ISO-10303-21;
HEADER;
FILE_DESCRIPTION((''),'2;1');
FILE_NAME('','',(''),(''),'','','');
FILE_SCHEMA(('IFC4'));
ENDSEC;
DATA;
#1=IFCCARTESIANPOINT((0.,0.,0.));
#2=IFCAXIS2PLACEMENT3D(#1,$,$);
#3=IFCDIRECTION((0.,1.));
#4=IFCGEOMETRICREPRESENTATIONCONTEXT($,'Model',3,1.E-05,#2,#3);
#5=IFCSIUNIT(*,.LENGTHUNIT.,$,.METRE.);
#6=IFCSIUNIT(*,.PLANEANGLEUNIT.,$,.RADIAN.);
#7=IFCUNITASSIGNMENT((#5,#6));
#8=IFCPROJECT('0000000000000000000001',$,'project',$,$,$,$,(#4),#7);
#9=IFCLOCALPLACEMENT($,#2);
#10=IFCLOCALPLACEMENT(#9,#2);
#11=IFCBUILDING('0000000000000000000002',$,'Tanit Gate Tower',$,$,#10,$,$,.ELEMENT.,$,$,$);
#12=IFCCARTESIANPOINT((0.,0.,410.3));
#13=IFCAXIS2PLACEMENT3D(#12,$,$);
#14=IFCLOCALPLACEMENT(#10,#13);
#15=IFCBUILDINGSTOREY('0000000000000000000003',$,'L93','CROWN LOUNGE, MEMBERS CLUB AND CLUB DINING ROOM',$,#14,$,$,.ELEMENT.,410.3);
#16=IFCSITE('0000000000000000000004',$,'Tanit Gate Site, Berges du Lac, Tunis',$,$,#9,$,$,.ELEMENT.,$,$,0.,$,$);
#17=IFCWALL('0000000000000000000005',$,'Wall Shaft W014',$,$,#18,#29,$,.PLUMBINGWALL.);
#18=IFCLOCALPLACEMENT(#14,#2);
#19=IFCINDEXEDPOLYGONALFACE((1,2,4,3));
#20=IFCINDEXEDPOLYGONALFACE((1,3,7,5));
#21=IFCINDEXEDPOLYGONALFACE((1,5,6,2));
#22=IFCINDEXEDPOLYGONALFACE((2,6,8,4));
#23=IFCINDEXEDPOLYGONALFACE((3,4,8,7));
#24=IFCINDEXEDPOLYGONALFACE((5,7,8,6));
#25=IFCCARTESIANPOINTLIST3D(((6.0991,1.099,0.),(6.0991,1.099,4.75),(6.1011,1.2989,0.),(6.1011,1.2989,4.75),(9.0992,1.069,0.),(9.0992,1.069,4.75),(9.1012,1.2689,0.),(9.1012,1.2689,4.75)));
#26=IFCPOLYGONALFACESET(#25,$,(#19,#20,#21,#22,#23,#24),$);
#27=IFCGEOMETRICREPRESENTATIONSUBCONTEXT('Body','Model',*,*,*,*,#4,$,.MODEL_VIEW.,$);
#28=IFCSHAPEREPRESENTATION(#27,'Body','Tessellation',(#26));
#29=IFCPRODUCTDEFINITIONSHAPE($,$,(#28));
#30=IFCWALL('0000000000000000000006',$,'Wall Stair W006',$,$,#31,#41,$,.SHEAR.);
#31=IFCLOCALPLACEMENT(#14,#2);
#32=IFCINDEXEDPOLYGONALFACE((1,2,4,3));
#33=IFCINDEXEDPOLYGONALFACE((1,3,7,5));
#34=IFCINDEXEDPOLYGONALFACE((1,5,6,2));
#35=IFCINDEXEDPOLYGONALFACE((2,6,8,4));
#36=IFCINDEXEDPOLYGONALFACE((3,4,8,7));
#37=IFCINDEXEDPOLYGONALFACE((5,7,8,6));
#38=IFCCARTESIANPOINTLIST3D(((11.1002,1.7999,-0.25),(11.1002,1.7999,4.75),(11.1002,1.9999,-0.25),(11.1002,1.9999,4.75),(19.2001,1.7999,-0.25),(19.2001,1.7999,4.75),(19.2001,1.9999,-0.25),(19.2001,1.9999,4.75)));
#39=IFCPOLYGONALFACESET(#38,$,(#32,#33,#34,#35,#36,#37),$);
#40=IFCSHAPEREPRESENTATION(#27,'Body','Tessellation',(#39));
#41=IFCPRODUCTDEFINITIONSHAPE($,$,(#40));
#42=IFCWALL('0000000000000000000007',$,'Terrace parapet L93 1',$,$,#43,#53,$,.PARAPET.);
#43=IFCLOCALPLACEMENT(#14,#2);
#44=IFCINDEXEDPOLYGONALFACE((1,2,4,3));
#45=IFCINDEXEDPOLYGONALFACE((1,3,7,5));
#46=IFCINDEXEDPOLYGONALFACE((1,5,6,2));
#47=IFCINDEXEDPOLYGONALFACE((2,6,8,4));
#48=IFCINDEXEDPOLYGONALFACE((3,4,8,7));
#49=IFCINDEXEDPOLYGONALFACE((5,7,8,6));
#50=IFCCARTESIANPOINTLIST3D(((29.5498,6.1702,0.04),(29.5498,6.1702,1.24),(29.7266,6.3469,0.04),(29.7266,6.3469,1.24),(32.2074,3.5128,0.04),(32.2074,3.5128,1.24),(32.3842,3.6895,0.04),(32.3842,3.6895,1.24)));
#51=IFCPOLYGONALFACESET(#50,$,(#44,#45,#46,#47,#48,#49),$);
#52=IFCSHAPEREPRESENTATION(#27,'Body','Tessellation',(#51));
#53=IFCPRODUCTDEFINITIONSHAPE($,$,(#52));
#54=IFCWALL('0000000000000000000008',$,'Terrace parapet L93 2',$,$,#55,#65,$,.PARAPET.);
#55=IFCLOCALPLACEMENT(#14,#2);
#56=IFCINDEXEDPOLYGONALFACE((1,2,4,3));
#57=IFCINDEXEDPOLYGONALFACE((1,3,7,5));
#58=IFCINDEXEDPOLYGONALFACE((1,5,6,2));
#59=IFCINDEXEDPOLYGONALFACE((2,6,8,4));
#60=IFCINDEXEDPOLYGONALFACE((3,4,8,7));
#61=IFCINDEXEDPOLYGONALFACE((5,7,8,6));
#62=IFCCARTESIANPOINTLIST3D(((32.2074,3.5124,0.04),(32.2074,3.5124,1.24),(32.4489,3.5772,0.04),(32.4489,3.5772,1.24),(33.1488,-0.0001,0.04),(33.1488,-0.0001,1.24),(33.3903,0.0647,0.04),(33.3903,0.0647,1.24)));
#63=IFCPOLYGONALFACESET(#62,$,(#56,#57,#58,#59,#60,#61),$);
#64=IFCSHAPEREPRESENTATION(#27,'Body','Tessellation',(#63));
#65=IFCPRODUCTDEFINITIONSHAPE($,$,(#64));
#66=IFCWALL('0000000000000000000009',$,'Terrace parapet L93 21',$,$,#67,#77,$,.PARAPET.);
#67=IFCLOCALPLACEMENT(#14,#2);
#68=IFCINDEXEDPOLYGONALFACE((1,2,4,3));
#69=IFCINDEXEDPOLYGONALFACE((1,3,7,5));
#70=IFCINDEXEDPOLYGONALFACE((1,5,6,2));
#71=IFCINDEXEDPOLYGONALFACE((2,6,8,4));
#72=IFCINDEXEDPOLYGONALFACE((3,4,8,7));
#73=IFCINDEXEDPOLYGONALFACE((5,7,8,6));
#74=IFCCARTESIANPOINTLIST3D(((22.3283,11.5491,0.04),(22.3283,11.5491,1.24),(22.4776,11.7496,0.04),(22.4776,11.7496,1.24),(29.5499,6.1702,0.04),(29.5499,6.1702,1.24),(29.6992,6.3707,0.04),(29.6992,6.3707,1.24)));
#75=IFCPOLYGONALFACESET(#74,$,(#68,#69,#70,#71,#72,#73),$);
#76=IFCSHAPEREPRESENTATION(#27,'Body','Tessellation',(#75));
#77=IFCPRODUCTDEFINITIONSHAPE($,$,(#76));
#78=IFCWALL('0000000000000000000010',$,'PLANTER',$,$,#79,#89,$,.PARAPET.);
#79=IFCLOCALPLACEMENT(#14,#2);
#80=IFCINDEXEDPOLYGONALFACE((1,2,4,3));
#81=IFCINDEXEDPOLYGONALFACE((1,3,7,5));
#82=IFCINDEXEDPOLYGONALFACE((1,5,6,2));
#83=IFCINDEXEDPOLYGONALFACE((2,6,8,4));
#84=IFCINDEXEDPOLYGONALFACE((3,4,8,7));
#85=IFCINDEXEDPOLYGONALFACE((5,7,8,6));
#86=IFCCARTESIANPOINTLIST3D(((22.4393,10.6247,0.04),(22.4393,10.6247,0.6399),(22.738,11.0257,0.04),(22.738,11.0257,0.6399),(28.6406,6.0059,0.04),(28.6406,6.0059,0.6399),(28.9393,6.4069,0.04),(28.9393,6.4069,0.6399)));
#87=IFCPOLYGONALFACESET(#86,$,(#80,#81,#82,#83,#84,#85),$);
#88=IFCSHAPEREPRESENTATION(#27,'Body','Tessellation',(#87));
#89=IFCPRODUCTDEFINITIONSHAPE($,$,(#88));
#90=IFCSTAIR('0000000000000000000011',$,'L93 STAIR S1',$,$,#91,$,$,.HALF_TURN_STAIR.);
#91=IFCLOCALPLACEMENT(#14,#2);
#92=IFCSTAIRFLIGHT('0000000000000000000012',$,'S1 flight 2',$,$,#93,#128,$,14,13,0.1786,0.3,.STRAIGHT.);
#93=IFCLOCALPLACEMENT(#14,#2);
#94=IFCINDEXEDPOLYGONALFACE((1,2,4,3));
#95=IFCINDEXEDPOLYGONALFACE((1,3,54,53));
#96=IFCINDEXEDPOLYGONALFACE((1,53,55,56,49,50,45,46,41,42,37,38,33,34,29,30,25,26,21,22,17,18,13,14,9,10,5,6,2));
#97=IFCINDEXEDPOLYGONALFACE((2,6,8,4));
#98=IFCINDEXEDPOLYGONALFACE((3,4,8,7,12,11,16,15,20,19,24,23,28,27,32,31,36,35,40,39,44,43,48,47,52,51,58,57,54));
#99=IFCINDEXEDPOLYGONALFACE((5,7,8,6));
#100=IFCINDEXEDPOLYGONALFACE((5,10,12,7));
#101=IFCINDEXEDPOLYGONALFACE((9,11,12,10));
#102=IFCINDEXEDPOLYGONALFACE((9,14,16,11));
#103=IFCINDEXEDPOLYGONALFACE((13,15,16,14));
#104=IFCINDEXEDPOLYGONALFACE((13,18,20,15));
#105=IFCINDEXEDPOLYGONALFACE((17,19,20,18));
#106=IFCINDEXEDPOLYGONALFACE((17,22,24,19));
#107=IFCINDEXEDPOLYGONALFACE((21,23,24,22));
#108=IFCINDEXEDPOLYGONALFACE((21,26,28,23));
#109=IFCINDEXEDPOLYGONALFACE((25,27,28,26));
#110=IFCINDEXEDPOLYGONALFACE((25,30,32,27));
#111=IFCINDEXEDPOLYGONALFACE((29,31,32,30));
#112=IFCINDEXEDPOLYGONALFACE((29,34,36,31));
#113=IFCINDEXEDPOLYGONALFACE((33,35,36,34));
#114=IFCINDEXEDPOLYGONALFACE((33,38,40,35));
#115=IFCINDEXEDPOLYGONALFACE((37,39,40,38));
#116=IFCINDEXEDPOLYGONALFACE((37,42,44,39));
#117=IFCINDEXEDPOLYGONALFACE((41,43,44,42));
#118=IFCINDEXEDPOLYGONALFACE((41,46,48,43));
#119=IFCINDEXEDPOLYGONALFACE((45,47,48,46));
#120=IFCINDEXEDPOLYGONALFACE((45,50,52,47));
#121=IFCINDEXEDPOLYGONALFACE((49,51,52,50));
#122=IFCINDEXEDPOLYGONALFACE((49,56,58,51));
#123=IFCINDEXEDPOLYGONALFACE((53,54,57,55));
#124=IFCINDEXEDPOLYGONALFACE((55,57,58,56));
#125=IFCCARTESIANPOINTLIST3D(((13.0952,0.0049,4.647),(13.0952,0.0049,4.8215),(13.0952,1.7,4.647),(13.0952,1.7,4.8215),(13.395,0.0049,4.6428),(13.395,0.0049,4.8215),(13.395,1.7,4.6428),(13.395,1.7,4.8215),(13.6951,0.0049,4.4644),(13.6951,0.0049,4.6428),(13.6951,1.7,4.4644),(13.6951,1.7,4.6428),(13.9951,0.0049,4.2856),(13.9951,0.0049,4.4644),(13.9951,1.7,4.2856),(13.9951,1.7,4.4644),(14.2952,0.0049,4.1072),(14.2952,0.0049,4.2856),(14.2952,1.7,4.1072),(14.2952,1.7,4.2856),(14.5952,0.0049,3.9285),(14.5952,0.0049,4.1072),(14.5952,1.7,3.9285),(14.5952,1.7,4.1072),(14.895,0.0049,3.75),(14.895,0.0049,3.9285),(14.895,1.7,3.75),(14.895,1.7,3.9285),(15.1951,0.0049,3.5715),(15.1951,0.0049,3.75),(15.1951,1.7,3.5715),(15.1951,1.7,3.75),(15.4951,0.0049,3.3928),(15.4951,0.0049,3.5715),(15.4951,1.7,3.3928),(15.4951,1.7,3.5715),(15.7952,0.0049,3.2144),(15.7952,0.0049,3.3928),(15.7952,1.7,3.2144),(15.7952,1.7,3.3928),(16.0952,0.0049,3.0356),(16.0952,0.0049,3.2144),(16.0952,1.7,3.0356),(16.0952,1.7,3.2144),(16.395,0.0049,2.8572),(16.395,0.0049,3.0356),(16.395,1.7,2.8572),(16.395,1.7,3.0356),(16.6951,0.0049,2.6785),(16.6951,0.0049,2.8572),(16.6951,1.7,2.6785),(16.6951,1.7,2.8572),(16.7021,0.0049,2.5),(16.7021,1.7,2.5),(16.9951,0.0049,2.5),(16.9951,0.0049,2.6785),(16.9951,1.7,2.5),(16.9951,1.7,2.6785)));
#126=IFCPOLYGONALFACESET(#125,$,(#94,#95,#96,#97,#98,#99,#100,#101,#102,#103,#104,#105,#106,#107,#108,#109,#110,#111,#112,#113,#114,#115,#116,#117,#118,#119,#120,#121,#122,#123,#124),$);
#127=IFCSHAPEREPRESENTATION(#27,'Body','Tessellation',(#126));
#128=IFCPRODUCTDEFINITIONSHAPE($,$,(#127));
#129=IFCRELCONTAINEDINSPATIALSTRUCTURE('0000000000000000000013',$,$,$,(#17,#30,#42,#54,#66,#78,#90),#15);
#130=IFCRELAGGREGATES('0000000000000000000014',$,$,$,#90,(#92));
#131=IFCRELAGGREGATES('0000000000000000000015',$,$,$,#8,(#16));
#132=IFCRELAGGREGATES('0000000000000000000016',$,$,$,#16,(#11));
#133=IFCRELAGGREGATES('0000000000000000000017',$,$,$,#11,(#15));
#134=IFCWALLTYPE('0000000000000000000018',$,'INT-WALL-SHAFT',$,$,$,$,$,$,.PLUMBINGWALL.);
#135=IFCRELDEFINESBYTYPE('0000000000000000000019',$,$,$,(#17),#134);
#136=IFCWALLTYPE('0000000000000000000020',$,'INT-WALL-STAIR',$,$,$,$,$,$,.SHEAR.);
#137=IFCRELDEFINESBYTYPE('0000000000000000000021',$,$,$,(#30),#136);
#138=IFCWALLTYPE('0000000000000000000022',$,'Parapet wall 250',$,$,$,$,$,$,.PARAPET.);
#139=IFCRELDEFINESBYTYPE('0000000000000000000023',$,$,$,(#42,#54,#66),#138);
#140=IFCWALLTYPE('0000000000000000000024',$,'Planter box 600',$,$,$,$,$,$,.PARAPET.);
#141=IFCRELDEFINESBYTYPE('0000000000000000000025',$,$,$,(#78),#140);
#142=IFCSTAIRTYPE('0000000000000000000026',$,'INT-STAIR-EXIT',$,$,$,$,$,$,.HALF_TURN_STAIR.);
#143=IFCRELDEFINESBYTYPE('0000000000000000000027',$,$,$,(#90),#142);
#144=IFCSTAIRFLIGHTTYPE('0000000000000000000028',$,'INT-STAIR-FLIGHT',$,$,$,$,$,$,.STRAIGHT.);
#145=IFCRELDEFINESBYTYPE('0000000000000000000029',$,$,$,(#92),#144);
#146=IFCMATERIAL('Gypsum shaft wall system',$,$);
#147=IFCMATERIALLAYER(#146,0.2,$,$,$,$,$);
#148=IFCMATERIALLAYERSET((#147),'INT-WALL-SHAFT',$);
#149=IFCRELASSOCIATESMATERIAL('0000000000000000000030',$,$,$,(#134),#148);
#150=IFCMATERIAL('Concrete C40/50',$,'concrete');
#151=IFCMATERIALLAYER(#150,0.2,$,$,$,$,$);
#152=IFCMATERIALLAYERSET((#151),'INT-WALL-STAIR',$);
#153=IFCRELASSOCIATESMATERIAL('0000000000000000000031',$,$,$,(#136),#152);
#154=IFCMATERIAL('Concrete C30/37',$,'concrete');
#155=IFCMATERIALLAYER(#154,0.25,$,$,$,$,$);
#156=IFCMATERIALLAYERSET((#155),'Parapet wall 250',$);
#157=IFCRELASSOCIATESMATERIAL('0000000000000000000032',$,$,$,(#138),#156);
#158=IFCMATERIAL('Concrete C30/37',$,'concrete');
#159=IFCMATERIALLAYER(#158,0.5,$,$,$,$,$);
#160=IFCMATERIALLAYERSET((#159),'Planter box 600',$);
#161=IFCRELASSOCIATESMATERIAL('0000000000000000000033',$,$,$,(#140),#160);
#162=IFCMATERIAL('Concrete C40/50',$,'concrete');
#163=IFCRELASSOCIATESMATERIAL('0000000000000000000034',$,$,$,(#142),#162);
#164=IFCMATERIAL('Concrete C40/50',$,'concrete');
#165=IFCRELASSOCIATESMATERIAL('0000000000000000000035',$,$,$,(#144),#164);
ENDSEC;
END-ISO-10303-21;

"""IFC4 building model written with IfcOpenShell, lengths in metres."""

from ifc_helpers import new_model, si_unit, direction, frame, frame_2d, origin, place, context, subcontext, project, spatial, polyline, rectangle, outline, extrude, material, layer, layer_set, type_object, element, aggregate, save


model = new_model("IFC4")

# Units and contexts
model_context = context("Model", 3, precision=1e-05, world=origin(), true_north=direction((0.0, 1.0)))
body_context = subcontext(model_context, "Body", "Model", "MODEL_VIEW")
ifc_project = project(units=[si_unit("LENGTHUNIT", "METRE"), si_unit("PLANEANGLEUNIT", "RADIAN")], contexts=[model_context])

# Site, building, storey
site_placement = place(None, origin())
site = spatial("IfcSite", under=ifc_project, at=site_placement, Name="Tanit Gate Site, Berges du Lac, Tunis", CompositionType="ELEMENT", RefElevation=0.0)
building_placement = place(site_placement, origin())
building = spatial("IfcBuilding", under=site, at=building_placement, Name="Tanit Gate Tower", CompositionType="ELEMENT")
storey_placement = place(building_placement, frame((0.0, 0.0, 410.3)))
storey = spatial("IfcBuildingStorey", under=building, at=storey_placement, Name="L93", Description="CROWN LOUNGE, MEMBERS CLUB AND CLUB DINING ROOM", CompositionType="ELEMENT", Elevation=410.3)

# Walls
ifc_material_1 = material(Name="Gypsum shaft wall system")
ifc_layer_1 = layer(ifc_material_1, 0.2)
ifc_layer_set_1 = layer_set([ifc_layer_1], Name="INT-WALL-SHAFT")
wall_type_1 = type_object("IfcWallType", Name="INT-WALL-SHAFT", PredefinedType="PLUMBINGWALL", material=ifc_layer_set_1)
wall_1_placement = place(storey_placement, frame((9.1001, 1.1689, 0.0), z_axis=(0.0, 0.0, 1.0), x_axis=(-0.99995, 0.010009, 0.0)))
element("IfcWall", 1, at=wall_1_placement, inside=storey, type_object=wall_type_1, Name="Wall Shaft W014", PredefinedType="PLUMBINGWALL", context=body_context, shape_type="SweptSolid", body=[
    extrude(rectangle(XDim=3.0002, YDim=0.2, at=frame_2d((1.5, 0.0))), origin(), (0.0, 0.0, 1.0), 4.75),
])
ifc_material_2 = material(Name="Concrete C40/50", Category="concrete")
ifc_layer_2 = layer(ifc_material_2, 0.2)
ifc_layer_set_2 = layer_set([ifc_layer_2], Name="INT-WALL-STAIR")
wall_type_2 = type_object("IfcWallType", Name="INT-WALL-STAIR", PredefinedType="SHEAR", material=ifc_layer_set_2)
wall_2_placement = place(storey_placement, frame((19.2, 1.8999, -0.25), z_axis=(0.0, 0.0, 1.0), x_axis=(-1.0, 0.0, 0.0)))
element("IfcWall", 2, at=wall_2_placement, inside=storey, type_object=wall_type_2, Name="Wall Stair W006", PredefinedType="SHEAR", context=body_context, shape_type="SweptSolid", body=[
    extrude(rectangle(XDim=8.0999, YDim=0.2, at=frame_2d((4.0498, 0.0))), origin(), (0.0, 0.0, 1.0), 5.0),
])
ifc_material_3 = material(Name="Concrete C30/37", Category="concrete")
ifc_layer_3 = layer(ifc_material_3, 0.25)
ifc_layer_set_3 = layer_set([ifc_layer_3], Name="Parapet wall 250")
wall_type_3 = type_object("IfcWallType", Name="Parapet wall 250", PredefinedType="PARAPET", material=ifc_layer_set_3)
wall_3_placement = place(storey_placement, frame((29.6382, 6.2585, 0.04), z_axis=(0.0, 0.0, 1.0), x_axis=(0.707139, -0.707074, 0.0)))
element("IfcWall", 3, at=wall_3_placement, inside=storey, type_object=wall_type_3, Name="Terrace parapet L93 1", PredefinedType="PARAPET", context=body_context, shape_type="SweptSolid", body=[
    extrude(rectangle(XDim=3.7583, YDim=0.25, at=frame_2d((1.8792, 0.0))), origin(), (0.0, 0.0, 1.0), 1.2),
])
wall_4_placement = place(storey_placement, frame((32.3281, 3.5449, 0.04), z_axis=(0.0, 0.0, 1.0), x_axis=(0.258883, -0.965909, 0.0)))
element("IfcWall", 4, at=wall_4_placement, inside=storey, type_object=wall_type_3, Name="Terrace parapet L93 2", PredefinedType="PARAPET", context=body_context, shape_type="SweptSolid", body=[
    extrude(rectangle(XDim=3.6365, YDim=0.25, at=frame_2d((1.8184, 0.0))), origin(), (0.0, 0.0, 1.0), 1.2),
])
wall_5_placement = place(storey_placement, frame((22.4028, 11.6494, 0.04), z_axis=(0.0, 0.0, 1.0), x_axis=(0.801987, -0.597342, 0.0)))
element("IfcWall", 5, at=wall_5_placement, inside=storey, type_object=wall_type_3, Name="Terrace parapet L93 21", PredefinedType="PARAPET", context=body_context, shape_type="SweptSolid", body=[
    extrude(rectangle(XDim=9.0046, YDim=0.25, at=frame_2d((4.5024, 0.0))), origin(), (0.0, 0.0, 1.0), 1.2),
])
ifc_material_4 = material(Name="Concrete C30/37", Category="concrete")
ifc_layer_4 = layer(ifc_material_4, 0.5)
ifc_layer_set_4 = layer_set([ifc_layer_4], Name="Planter box 600")
wall_type_4 = type_object("IfcWallType", Name="Planter box 600", PredefinedType="PARAPET", material=ifc_layer_set_4)
wall_6_placement = place(storey_placement, frame((22.5886, 10.8252, 0.04), z_axis=(0.0, 0.0, 1.0), x_axis=(0.801992, -0.597334, 0.0)))
element("IfcWall", 6, at=wall_6_placement, inside=storey, type_object=wall_type_4, Name="PLANTER", PredefinedType="PARAPET", context=body_context, shape_type="SweptSolid", body=[
    extrude(rectangle(XDim=7.7324, YDim=0.5, at=frame_2d((3.8662, 0.0))), origin(), (0.0, 0.0, 1.0), 0.5999),
])

# Stair, stair flight
ifc_material_5 = material(Name="Concrete C40/50", Category="concrete")
stair_type = type_object("IfcStairType", Name="INT-STAIR-EXIT", PredefinedType="HALF_TURN_STAIR", material=ifc_material_5)
stair_placement = place(storey_placement, origin())
stair = element("IfcStair", 7, at=stair_placement, inside=storey, type_object=stair_type, Name="L93 STAIR S1", PredefinedType="HALF_TURN_STAIR")
ifc_material_6 = material(Name="Concrete C40/50", Category="concrete")
stair_flight_type = type_object("IfcStairFlightType", Name="INT-STAIR-FLIGHT", PredefinedType="STRAIGHT", material=ifc_material_6)
stair_flight_placement = place(storey_placement, frame((16.9951, 0.8525, 2.5), z_axis=(0.0, 0.0, 1.0), x_axis=(-1.0, 0.0, 0.0)))
stair_flight = element("IfcStairFlight", 8, at=stair_flight_placement, type_object=stair_flight_type, Name="S1 flight 2", NumberOfRisers=14, NumberOfTreads=13, PredefinedType="STRAIGHT", RiserHeight=0.1786, TreadLength=0.3, context=body_context, shape_type="SweptSolid", body=[
    extrude(outline(polyline([(0.0, 0.0), (0.0, 0.1785), (0.3, 0.1785), (0.3, 0.3572), (0.6001, 0.3572), (0.6001, 0.5356), (0.8999, 0.5356), (0.8999, 0.7144), (1.2, 0.7144), (1.2, 0.8928), (1.5, 0.8928), (1.5, 1.0715), (1.8, 1.0715), (1.8, 1.25), (2.1001, 1.25), (2.1001, 1.4285), (2.3999, 1.4285), (2.3999, 1.6072), (2.7, 1.6072), (2.7, 1.7856), (3.0, 1.7856), (3.0, 1.9644), (3.3, 1.9644), (3.3, 2.1428), (3.6001, 2.1428), (3.6001, 2.3215), (3.8999, 2.3215), (3.8999, 2.5), (3.8999, 2.147), (0.293, 0.0), (0.0, 0.0)])), frame((0.0, 0.8477, 0.0), z_axis=(0.0, -1.0, 0.0), x_axis=(1.0, 0.0, 0.0)), (0.0, 0.0, 1.0), 1.6951),
])
aggregate(stair, [stair_flight])

save(model, "model.ifc")
